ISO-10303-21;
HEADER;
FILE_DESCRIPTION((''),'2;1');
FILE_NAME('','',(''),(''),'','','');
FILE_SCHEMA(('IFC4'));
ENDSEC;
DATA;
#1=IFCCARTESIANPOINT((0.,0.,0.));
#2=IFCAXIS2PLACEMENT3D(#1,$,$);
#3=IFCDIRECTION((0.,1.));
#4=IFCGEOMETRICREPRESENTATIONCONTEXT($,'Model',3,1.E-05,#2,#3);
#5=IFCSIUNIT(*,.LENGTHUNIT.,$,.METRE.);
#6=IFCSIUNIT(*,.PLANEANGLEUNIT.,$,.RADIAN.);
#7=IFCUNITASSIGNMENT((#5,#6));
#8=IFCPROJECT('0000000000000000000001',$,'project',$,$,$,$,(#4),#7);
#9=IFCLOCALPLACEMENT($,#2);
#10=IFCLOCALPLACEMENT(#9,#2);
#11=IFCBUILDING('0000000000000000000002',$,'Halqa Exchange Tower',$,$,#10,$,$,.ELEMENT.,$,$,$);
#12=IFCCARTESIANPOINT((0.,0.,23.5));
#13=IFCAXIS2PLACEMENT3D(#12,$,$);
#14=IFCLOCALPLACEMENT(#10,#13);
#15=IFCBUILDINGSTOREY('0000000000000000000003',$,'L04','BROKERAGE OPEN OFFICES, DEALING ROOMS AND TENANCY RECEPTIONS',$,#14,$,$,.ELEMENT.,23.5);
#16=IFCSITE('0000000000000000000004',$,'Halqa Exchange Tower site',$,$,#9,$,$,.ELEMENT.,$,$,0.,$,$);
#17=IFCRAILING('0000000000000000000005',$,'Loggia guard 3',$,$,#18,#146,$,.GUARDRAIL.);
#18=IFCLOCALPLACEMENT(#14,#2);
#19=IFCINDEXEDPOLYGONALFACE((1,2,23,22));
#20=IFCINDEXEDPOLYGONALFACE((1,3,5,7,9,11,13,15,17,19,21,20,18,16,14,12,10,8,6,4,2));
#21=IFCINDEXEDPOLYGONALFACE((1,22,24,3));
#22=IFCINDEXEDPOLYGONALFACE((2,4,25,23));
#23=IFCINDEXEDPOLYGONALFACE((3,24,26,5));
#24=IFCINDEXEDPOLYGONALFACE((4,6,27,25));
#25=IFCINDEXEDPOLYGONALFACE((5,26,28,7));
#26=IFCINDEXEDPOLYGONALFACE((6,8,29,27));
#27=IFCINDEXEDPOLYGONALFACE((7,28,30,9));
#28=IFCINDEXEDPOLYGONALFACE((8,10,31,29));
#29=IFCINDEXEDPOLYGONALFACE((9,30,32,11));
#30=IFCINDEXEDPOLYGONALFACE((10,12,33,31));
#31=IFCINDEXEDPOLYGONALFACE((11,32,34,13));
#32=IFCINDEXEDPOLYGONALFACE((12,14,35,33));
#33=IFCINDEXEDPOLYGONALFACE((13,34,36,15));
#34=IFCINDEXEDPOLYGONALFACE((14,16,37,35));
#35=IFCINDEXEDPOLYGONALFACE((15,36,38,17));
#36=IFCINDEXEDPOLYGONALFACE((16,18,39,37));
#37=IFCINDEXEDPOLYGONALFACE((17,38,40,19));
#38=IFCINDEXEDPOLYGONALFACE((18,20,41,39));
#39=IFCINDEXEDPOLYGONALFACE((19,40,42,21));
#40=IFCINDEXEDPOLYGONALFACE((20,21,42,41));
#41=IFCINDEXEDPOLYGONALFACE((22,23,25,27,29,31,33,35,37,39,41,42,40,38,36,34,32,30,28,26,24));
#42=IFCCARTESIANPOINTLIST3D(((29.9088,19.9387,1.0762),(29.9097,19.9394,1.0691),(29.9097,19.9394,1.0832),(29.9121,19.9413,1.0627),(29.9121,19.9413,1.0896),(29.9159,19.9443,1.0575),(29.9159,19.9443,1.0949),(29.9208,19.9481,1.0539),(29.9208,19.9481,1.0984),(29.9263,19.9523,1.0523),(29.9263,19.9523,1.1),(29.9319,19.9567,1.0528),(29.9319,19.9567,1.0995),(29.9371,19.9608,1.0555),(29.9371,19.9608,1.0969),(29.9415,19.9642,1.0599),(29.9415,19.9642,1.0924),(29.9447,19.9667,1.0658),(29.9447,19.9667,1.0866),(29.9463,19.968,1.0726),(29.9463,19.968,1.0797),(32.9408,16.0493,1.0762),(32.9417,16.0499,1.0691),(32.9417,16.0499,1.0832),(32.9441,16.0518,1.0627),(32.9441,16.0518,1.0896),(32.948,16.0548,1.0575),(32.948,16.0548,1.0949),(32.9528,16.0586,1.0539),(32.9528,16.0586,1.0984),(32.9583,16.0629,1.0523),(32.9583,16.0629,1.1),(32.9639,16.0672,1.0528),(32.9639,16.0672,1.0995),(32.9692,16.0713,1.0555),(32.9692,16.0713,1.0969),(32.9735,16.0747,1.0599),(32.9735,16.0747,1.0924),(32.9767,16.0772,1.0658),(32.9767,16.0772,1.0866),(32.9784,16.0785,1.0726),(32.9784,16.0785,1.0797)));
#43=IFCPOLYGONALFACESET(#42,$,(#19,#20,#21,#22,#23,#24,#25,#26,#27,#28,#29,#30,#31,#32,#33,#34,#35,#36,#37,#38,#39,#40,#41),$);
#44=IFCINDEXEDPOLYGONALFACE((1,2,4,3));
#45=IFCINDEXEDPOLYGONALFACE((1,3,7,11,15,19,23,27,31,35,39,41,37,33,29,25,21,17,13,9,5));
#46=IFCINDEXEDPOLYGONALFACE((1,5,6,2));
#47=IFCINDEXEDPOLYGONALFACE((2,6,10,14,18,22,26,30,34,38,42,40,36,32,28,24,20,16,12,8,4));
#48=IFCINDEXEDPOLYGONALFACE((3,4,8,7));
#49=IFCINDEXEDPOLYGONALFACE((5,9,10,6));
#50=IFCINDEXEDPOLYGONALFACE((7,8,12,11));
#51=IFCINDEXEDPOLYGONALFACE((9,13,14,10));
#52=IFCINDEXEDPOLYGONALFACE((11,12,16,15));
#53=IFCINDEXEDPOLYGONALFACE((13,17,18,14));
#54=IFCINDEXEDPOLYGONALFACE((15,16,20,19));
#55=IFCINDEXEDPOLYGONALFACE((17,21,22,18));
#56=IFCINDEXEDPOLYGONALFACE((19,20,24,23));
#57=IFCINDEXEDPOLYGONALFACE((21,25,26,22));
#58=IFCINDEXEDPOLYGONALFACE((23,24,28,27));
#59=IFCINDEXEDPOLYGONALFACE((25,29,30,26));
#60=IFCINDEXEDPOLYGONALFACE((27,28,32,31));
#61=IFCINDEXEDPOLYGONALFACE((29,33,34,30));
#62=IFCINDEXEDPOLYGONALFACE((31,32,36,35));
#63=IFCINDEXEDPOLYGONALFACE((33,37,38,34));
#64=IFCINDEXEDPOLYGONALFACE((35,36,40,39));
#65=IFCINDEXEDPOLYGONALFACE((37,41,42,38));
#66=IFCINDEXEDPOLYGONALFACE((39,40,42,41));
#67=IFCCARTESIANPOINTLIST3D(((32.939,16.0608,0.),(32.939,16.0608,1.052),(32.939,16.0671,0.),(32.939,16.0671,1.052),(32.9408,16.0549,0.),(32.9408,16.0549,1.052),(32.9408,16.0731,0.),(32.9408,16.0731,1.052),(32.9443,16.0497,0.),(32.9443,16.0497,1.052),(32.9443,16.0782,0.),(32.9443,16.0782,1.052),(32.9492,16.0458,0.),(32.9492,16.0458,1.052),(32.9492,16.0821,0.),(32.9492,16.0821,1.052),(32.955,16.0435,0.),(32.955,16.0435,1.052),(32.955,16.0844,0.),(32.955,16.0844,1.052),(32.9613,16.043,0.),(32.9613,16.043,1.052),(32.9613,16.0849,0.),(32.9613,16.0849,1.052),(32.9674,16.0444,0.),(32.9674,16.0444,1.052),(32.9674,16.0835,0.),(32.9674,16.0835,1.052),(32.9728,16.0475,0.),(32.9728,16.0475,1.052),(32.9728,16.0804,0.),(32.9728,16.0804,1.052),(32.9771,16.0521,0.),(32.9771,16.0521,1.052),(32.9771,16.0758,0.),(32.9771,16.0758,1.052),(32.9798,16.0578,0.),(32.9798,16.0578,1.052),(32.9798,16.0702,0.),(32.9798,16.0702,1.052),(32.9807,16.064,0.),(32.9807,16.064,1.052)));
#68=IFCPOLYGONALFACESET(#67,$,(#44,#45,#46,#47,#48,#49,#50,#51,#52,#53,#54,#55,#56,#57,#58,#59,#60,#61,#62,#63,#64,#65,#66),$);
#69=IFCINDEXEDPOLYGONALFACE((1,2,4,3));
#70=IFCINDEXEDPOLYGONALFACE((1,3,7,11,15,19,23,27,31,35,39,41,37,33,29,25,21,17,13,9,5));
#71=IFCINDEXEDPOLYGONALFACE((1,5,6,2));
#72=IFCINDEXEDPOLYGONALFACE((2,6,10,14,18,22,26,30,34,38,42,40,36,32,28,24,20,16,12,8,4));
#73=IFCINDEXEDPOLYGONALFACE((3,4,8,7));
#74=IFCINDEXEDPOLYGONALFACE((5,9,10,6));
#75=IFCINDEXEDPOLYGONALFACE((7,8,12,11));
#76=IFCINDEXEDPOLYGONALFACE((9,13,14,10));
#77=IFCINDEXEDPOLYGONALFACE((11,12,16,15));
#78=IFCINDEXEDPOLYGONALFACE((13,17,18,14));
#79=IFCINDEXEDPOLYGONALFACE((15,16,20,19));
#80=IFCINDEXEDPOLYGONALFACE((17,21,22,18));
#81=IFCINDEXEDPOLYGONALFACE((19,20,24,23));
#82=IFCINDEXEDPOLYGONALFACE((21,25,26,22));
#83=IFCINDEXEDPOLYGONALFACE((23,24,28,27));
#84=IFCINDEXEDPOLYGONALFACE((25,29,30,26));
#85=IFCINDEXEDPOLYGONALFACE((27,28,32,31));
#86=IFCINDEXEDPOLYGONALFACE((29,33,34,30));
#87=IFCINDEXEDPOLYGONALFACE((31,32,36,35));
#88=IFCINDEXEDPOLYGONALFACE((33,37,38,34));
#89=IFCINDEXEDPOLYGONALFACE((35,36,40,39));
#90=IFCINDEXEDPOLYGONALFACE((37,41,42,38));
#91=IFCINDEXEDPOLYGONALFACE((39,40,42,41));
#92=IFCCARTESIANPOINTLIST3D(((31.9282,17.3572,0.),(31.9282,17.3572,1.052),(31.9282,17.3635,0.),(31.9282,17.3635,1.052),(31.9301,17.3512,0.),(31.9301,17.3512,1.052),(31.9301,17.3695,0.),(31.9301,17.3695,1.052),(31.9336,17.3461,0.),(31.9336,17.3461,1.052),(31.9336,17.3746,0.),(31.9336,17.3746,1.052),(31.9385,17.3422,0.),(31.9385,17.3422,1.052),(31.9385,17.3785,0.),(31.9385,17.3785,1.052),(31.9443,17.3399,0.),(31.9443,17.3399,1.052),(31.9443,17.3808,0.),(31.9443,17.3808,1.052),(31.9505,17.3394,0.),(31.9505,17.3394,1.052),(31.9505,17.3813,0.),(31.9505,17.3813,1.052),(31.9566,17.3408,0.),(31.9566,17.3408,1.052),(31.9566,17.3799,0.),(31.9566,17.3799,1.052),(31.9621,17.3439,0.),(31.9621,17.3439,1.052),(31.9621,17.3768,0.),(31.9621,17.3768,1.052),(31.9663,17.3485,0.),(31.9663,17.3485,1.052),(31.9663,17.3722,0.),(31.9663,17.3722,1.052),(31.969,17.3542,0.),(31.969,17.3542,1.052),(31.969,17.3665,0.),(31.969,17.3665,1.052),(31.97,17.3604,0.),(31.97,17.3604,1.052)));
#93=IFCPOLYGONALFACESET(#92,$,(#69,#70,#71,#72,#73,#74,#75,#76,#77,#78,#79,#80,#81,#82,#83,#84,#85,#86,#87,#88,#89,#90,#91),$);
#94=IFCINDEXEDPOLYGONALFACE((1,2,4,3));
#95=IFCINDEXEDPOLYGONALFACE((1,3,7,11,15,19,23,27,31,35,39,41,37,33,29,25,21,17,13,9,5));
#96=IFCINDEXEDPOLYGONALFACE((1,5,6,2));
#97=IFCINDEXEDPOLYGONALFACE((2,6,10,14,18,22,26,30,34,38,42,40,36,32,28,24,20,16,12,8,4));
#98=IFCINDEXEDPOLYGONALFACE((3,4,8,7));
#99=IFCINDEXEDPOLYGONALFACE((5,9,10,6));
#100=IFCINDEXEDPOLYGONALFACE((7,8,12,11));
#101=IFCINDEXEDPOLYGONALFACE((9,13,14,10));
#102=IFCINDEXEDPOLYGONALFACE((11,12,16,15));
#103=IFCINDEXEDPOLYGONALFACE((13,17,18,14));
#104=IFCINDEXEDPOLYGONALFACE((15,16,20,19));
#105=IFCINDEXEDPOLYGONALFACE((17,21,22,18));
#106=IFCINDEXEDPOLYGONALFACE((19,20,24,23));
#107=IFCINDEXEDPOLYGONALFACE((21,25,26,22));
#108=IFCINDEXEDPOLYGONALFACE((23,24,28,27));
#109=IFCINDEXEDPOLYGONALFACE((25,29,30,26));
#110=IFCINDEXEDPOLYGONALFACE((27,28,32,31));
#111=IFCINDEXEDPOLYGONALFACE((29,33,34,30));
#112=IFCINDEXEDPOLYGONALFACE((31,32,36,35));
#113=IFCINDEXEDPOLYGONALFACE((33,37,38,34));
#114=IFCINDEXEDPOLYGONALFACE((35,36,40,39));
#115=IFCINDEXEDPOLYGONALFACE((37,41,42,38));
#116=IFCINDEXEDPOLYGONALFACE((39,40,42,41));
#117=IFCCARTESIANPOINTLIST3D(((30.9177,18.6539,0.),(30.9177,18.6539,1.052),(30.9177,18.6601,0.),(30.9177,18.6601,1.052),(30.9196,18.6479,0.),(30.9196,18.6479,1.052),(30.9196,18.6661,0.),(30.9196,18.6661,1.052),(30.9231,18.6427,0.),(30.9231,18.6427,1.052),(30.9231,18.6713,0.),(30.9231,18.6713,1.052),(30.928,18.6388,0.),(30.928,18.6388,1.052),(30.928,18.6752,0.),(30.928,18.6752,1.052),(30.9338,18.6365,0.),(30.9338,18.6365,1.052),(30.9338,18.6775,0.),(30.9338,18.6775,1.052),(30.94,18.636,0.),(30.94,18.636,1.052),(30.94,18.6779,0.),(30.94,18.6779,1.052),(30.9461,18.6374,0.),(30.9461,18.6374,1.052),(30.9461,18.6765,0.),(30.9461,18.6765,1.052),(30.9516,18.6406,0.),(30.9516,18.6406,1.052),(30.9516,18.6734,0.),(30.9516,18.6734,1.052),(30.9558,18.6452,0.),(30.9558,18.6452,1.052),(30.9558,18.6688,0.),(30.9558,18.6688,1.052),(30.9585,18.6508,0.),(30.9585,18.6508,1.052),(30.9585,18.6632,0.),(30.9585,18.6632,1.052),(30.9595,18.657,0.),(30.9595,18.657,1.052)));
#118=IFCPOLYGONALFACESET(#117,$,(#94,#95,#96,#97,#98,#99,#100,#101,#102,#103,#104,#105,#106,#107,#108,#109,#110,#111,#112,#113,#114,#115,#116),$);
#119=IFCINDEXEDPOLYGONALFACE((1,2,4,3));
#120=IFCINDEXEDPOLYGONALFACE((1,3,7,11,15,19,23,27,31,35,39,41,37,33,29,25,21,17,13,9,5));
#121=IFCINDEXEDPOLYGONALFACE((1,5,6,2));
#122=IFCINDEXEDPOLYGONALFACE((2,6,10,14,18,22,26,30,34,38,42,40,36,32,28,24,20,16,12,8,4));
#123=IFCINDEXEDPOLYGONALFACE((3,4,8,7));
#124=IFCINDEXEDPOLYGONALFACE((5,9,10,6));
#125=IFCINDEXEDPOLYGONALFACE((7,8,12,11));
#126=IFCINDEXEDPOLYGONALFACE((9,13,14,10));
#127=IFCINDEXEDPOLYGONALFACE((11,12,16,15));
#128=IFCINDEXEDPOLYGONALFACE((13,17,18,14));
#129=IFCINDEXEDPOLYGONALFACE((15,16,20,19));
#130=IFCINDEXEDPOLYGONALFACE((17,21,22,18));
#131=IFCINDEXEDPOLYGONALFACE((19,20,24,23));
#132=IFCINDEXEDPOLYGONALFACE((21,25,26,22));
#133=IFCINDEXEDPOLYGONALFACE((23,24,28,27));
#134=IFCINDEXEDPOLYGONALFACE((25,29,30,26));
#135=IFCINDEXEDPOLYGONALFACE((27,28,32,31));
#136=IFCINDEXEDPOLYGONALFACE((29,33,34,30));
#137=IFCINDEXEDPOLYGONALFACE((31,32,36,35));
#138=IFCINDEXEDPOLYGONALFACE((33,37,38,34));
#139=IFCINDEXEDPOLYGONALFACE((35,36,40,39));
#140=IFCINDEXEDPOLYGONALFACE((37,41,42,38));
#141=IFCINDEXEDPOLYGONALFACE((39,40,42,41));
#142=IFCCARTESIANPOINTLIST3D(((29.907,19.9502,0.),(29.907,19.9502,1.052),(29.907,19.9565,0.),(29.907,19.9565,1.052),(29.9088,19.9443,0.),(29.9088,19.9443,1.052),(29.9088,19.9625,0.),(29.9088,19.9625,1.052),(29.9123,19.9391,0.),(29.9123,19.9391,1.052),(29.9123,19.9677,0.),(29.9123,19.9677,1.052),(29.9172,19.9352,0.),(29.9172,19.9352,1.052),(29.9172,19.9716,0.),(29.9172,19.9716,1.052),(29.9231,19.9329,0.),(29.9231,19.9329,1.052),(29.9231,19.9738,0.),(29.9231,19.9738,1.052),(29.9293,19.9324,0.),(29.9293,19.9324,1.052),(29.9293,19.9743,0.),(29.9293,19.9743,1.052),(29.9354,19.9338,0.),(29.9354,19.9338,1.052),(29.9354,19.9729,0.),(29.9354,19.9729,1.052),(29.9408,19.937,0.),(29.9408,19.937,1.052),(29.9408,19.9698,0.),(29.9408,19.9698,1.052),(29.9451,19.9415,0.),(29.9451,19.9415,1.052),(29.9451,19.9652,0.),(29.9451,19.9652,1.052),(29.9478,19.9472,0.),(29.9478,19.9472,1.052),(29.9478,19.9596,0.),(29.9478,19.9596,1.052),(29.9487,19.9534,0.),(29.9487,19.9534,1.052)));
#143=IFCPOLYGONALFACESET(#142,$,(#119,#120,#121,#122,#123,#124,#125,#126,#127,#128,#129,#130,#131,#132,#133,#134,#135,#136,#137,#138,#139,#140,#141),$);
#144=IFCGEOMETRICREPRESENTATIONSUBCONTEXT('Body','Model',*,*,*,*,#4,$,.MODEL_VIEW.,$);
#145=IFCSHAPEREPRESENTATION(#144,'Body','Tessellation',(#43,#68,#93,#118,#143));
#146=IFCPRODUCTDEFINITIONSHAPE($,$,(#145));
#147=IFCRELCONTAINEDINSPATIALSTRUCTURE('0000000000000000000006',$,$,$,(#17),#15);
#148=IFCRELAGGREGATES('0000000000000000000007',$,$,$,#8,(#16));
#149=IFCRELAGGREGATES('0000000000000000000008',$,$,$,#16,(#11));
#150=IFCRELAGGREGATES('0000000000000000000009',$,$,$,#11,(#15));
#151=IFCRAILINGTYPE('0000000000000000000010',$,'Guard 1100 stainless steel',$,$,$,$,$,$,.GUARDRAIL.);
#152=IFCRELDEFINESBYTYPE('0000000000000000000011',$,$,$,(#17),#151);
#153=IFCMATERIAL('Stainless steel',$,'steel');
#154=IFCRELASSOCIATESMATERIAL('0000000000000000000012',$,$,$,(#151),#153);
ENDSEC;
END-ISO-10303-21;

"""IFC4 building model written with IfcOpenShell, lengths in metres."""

from ifc_helpers import new_model, si_unit, direction, frame, origin, origin_2d, place, context, subcontext, project, spatial, circle, extrude, material, type_object, element, save


model = new_model("IFC4")

# Units and contexts
model_context = context("Model", 3, precision=1e-05, world=origin(), true_north=direction((0.0, 1.0)))
body_context = subcontext(model_context, "Body", "Model", "MODEL_VIEW")
ifc_project = project(units=[si_unit("LENGTHUNIT", "METRE"), si_unit("PLANEANGLEUNIT", "RADIAN")], contexts=[model_context])

# Site, building, storey
site_placement = place(None, origin())
site = spatial("IfcSite", under=ifc_project, at=site_placement, Name="Halqa Exchange Tower site", CompositionType="ELEMENT", RefElevation=0.0)
building_placement = place(site_placement, origin())
building = spatial("IfcBuilding", under=site, at=building_placement, Name="Halqa Exchange Tower", CompositionType="ELEMENT")
storey_placement = place(building_placement, frame((0.0, 0.0, 23.5)))
storey = spatial("IfcBuildingStorey", under=building, at=storey_placement, Name="L04", Description="BROKERAGE OPEN OFFICES, DEALING ROOMS AND TENANCY RECEPTIONS", CompositionType="ELEMENT", Elevation=23.5)

# Railing
ifc_material_1 = material(Name="Stainless steel", Category="steel")
railing_type = type_object("IfcRailingType", Name="Guard 1100 stainless steel", PredefinedType="GUARDRAIL", material=ifc_material_1)
railing_1_placement = place(storey_placement, frame((32.9597, 16.064, 0.0)))
element("IfcRailing", 1, at=railing_1_placement, inside=storey, type_object=railing_type, Name="Loggia guard 3", PredefinedType="GUARDRAIL", context=body_context, shape_type="SweptSolid", body=[
    extrude(circle(Radius=0.0239, at=origin_2d()), frame((0.0, 0.0, 1.0762), z_axis=(-0.614811, 0.788675, 0.0), x_axis=(-0.788675, -0.614811, 0.0)), (0.0, 0.0, 1.0), 4.9316),
    extrude(circle(Radius=0.021, at=origin_2d()), origin(), (0.0, 0.0, 1.0), 1.052),
    extrude(circle(Radius=0.021, at=origin_2d()), frame((-1.0107, 1.2964, 0.0)), (0.0, 0.0, 1.0), 1.052),
    extrude(circle(Radius=0.021, at=origin_2d()), frame((-2.0212, 2.593, 0.0)), (0.0, 0.0, 1.0), 1.052),
    extrude(circle(Radius=0.021, at=origin_2d()), frame((-3.032, 3.8894, 0.0)), (0.0, 0.0, 1.0), 1.052),
])

save(model, "model.ifc")
